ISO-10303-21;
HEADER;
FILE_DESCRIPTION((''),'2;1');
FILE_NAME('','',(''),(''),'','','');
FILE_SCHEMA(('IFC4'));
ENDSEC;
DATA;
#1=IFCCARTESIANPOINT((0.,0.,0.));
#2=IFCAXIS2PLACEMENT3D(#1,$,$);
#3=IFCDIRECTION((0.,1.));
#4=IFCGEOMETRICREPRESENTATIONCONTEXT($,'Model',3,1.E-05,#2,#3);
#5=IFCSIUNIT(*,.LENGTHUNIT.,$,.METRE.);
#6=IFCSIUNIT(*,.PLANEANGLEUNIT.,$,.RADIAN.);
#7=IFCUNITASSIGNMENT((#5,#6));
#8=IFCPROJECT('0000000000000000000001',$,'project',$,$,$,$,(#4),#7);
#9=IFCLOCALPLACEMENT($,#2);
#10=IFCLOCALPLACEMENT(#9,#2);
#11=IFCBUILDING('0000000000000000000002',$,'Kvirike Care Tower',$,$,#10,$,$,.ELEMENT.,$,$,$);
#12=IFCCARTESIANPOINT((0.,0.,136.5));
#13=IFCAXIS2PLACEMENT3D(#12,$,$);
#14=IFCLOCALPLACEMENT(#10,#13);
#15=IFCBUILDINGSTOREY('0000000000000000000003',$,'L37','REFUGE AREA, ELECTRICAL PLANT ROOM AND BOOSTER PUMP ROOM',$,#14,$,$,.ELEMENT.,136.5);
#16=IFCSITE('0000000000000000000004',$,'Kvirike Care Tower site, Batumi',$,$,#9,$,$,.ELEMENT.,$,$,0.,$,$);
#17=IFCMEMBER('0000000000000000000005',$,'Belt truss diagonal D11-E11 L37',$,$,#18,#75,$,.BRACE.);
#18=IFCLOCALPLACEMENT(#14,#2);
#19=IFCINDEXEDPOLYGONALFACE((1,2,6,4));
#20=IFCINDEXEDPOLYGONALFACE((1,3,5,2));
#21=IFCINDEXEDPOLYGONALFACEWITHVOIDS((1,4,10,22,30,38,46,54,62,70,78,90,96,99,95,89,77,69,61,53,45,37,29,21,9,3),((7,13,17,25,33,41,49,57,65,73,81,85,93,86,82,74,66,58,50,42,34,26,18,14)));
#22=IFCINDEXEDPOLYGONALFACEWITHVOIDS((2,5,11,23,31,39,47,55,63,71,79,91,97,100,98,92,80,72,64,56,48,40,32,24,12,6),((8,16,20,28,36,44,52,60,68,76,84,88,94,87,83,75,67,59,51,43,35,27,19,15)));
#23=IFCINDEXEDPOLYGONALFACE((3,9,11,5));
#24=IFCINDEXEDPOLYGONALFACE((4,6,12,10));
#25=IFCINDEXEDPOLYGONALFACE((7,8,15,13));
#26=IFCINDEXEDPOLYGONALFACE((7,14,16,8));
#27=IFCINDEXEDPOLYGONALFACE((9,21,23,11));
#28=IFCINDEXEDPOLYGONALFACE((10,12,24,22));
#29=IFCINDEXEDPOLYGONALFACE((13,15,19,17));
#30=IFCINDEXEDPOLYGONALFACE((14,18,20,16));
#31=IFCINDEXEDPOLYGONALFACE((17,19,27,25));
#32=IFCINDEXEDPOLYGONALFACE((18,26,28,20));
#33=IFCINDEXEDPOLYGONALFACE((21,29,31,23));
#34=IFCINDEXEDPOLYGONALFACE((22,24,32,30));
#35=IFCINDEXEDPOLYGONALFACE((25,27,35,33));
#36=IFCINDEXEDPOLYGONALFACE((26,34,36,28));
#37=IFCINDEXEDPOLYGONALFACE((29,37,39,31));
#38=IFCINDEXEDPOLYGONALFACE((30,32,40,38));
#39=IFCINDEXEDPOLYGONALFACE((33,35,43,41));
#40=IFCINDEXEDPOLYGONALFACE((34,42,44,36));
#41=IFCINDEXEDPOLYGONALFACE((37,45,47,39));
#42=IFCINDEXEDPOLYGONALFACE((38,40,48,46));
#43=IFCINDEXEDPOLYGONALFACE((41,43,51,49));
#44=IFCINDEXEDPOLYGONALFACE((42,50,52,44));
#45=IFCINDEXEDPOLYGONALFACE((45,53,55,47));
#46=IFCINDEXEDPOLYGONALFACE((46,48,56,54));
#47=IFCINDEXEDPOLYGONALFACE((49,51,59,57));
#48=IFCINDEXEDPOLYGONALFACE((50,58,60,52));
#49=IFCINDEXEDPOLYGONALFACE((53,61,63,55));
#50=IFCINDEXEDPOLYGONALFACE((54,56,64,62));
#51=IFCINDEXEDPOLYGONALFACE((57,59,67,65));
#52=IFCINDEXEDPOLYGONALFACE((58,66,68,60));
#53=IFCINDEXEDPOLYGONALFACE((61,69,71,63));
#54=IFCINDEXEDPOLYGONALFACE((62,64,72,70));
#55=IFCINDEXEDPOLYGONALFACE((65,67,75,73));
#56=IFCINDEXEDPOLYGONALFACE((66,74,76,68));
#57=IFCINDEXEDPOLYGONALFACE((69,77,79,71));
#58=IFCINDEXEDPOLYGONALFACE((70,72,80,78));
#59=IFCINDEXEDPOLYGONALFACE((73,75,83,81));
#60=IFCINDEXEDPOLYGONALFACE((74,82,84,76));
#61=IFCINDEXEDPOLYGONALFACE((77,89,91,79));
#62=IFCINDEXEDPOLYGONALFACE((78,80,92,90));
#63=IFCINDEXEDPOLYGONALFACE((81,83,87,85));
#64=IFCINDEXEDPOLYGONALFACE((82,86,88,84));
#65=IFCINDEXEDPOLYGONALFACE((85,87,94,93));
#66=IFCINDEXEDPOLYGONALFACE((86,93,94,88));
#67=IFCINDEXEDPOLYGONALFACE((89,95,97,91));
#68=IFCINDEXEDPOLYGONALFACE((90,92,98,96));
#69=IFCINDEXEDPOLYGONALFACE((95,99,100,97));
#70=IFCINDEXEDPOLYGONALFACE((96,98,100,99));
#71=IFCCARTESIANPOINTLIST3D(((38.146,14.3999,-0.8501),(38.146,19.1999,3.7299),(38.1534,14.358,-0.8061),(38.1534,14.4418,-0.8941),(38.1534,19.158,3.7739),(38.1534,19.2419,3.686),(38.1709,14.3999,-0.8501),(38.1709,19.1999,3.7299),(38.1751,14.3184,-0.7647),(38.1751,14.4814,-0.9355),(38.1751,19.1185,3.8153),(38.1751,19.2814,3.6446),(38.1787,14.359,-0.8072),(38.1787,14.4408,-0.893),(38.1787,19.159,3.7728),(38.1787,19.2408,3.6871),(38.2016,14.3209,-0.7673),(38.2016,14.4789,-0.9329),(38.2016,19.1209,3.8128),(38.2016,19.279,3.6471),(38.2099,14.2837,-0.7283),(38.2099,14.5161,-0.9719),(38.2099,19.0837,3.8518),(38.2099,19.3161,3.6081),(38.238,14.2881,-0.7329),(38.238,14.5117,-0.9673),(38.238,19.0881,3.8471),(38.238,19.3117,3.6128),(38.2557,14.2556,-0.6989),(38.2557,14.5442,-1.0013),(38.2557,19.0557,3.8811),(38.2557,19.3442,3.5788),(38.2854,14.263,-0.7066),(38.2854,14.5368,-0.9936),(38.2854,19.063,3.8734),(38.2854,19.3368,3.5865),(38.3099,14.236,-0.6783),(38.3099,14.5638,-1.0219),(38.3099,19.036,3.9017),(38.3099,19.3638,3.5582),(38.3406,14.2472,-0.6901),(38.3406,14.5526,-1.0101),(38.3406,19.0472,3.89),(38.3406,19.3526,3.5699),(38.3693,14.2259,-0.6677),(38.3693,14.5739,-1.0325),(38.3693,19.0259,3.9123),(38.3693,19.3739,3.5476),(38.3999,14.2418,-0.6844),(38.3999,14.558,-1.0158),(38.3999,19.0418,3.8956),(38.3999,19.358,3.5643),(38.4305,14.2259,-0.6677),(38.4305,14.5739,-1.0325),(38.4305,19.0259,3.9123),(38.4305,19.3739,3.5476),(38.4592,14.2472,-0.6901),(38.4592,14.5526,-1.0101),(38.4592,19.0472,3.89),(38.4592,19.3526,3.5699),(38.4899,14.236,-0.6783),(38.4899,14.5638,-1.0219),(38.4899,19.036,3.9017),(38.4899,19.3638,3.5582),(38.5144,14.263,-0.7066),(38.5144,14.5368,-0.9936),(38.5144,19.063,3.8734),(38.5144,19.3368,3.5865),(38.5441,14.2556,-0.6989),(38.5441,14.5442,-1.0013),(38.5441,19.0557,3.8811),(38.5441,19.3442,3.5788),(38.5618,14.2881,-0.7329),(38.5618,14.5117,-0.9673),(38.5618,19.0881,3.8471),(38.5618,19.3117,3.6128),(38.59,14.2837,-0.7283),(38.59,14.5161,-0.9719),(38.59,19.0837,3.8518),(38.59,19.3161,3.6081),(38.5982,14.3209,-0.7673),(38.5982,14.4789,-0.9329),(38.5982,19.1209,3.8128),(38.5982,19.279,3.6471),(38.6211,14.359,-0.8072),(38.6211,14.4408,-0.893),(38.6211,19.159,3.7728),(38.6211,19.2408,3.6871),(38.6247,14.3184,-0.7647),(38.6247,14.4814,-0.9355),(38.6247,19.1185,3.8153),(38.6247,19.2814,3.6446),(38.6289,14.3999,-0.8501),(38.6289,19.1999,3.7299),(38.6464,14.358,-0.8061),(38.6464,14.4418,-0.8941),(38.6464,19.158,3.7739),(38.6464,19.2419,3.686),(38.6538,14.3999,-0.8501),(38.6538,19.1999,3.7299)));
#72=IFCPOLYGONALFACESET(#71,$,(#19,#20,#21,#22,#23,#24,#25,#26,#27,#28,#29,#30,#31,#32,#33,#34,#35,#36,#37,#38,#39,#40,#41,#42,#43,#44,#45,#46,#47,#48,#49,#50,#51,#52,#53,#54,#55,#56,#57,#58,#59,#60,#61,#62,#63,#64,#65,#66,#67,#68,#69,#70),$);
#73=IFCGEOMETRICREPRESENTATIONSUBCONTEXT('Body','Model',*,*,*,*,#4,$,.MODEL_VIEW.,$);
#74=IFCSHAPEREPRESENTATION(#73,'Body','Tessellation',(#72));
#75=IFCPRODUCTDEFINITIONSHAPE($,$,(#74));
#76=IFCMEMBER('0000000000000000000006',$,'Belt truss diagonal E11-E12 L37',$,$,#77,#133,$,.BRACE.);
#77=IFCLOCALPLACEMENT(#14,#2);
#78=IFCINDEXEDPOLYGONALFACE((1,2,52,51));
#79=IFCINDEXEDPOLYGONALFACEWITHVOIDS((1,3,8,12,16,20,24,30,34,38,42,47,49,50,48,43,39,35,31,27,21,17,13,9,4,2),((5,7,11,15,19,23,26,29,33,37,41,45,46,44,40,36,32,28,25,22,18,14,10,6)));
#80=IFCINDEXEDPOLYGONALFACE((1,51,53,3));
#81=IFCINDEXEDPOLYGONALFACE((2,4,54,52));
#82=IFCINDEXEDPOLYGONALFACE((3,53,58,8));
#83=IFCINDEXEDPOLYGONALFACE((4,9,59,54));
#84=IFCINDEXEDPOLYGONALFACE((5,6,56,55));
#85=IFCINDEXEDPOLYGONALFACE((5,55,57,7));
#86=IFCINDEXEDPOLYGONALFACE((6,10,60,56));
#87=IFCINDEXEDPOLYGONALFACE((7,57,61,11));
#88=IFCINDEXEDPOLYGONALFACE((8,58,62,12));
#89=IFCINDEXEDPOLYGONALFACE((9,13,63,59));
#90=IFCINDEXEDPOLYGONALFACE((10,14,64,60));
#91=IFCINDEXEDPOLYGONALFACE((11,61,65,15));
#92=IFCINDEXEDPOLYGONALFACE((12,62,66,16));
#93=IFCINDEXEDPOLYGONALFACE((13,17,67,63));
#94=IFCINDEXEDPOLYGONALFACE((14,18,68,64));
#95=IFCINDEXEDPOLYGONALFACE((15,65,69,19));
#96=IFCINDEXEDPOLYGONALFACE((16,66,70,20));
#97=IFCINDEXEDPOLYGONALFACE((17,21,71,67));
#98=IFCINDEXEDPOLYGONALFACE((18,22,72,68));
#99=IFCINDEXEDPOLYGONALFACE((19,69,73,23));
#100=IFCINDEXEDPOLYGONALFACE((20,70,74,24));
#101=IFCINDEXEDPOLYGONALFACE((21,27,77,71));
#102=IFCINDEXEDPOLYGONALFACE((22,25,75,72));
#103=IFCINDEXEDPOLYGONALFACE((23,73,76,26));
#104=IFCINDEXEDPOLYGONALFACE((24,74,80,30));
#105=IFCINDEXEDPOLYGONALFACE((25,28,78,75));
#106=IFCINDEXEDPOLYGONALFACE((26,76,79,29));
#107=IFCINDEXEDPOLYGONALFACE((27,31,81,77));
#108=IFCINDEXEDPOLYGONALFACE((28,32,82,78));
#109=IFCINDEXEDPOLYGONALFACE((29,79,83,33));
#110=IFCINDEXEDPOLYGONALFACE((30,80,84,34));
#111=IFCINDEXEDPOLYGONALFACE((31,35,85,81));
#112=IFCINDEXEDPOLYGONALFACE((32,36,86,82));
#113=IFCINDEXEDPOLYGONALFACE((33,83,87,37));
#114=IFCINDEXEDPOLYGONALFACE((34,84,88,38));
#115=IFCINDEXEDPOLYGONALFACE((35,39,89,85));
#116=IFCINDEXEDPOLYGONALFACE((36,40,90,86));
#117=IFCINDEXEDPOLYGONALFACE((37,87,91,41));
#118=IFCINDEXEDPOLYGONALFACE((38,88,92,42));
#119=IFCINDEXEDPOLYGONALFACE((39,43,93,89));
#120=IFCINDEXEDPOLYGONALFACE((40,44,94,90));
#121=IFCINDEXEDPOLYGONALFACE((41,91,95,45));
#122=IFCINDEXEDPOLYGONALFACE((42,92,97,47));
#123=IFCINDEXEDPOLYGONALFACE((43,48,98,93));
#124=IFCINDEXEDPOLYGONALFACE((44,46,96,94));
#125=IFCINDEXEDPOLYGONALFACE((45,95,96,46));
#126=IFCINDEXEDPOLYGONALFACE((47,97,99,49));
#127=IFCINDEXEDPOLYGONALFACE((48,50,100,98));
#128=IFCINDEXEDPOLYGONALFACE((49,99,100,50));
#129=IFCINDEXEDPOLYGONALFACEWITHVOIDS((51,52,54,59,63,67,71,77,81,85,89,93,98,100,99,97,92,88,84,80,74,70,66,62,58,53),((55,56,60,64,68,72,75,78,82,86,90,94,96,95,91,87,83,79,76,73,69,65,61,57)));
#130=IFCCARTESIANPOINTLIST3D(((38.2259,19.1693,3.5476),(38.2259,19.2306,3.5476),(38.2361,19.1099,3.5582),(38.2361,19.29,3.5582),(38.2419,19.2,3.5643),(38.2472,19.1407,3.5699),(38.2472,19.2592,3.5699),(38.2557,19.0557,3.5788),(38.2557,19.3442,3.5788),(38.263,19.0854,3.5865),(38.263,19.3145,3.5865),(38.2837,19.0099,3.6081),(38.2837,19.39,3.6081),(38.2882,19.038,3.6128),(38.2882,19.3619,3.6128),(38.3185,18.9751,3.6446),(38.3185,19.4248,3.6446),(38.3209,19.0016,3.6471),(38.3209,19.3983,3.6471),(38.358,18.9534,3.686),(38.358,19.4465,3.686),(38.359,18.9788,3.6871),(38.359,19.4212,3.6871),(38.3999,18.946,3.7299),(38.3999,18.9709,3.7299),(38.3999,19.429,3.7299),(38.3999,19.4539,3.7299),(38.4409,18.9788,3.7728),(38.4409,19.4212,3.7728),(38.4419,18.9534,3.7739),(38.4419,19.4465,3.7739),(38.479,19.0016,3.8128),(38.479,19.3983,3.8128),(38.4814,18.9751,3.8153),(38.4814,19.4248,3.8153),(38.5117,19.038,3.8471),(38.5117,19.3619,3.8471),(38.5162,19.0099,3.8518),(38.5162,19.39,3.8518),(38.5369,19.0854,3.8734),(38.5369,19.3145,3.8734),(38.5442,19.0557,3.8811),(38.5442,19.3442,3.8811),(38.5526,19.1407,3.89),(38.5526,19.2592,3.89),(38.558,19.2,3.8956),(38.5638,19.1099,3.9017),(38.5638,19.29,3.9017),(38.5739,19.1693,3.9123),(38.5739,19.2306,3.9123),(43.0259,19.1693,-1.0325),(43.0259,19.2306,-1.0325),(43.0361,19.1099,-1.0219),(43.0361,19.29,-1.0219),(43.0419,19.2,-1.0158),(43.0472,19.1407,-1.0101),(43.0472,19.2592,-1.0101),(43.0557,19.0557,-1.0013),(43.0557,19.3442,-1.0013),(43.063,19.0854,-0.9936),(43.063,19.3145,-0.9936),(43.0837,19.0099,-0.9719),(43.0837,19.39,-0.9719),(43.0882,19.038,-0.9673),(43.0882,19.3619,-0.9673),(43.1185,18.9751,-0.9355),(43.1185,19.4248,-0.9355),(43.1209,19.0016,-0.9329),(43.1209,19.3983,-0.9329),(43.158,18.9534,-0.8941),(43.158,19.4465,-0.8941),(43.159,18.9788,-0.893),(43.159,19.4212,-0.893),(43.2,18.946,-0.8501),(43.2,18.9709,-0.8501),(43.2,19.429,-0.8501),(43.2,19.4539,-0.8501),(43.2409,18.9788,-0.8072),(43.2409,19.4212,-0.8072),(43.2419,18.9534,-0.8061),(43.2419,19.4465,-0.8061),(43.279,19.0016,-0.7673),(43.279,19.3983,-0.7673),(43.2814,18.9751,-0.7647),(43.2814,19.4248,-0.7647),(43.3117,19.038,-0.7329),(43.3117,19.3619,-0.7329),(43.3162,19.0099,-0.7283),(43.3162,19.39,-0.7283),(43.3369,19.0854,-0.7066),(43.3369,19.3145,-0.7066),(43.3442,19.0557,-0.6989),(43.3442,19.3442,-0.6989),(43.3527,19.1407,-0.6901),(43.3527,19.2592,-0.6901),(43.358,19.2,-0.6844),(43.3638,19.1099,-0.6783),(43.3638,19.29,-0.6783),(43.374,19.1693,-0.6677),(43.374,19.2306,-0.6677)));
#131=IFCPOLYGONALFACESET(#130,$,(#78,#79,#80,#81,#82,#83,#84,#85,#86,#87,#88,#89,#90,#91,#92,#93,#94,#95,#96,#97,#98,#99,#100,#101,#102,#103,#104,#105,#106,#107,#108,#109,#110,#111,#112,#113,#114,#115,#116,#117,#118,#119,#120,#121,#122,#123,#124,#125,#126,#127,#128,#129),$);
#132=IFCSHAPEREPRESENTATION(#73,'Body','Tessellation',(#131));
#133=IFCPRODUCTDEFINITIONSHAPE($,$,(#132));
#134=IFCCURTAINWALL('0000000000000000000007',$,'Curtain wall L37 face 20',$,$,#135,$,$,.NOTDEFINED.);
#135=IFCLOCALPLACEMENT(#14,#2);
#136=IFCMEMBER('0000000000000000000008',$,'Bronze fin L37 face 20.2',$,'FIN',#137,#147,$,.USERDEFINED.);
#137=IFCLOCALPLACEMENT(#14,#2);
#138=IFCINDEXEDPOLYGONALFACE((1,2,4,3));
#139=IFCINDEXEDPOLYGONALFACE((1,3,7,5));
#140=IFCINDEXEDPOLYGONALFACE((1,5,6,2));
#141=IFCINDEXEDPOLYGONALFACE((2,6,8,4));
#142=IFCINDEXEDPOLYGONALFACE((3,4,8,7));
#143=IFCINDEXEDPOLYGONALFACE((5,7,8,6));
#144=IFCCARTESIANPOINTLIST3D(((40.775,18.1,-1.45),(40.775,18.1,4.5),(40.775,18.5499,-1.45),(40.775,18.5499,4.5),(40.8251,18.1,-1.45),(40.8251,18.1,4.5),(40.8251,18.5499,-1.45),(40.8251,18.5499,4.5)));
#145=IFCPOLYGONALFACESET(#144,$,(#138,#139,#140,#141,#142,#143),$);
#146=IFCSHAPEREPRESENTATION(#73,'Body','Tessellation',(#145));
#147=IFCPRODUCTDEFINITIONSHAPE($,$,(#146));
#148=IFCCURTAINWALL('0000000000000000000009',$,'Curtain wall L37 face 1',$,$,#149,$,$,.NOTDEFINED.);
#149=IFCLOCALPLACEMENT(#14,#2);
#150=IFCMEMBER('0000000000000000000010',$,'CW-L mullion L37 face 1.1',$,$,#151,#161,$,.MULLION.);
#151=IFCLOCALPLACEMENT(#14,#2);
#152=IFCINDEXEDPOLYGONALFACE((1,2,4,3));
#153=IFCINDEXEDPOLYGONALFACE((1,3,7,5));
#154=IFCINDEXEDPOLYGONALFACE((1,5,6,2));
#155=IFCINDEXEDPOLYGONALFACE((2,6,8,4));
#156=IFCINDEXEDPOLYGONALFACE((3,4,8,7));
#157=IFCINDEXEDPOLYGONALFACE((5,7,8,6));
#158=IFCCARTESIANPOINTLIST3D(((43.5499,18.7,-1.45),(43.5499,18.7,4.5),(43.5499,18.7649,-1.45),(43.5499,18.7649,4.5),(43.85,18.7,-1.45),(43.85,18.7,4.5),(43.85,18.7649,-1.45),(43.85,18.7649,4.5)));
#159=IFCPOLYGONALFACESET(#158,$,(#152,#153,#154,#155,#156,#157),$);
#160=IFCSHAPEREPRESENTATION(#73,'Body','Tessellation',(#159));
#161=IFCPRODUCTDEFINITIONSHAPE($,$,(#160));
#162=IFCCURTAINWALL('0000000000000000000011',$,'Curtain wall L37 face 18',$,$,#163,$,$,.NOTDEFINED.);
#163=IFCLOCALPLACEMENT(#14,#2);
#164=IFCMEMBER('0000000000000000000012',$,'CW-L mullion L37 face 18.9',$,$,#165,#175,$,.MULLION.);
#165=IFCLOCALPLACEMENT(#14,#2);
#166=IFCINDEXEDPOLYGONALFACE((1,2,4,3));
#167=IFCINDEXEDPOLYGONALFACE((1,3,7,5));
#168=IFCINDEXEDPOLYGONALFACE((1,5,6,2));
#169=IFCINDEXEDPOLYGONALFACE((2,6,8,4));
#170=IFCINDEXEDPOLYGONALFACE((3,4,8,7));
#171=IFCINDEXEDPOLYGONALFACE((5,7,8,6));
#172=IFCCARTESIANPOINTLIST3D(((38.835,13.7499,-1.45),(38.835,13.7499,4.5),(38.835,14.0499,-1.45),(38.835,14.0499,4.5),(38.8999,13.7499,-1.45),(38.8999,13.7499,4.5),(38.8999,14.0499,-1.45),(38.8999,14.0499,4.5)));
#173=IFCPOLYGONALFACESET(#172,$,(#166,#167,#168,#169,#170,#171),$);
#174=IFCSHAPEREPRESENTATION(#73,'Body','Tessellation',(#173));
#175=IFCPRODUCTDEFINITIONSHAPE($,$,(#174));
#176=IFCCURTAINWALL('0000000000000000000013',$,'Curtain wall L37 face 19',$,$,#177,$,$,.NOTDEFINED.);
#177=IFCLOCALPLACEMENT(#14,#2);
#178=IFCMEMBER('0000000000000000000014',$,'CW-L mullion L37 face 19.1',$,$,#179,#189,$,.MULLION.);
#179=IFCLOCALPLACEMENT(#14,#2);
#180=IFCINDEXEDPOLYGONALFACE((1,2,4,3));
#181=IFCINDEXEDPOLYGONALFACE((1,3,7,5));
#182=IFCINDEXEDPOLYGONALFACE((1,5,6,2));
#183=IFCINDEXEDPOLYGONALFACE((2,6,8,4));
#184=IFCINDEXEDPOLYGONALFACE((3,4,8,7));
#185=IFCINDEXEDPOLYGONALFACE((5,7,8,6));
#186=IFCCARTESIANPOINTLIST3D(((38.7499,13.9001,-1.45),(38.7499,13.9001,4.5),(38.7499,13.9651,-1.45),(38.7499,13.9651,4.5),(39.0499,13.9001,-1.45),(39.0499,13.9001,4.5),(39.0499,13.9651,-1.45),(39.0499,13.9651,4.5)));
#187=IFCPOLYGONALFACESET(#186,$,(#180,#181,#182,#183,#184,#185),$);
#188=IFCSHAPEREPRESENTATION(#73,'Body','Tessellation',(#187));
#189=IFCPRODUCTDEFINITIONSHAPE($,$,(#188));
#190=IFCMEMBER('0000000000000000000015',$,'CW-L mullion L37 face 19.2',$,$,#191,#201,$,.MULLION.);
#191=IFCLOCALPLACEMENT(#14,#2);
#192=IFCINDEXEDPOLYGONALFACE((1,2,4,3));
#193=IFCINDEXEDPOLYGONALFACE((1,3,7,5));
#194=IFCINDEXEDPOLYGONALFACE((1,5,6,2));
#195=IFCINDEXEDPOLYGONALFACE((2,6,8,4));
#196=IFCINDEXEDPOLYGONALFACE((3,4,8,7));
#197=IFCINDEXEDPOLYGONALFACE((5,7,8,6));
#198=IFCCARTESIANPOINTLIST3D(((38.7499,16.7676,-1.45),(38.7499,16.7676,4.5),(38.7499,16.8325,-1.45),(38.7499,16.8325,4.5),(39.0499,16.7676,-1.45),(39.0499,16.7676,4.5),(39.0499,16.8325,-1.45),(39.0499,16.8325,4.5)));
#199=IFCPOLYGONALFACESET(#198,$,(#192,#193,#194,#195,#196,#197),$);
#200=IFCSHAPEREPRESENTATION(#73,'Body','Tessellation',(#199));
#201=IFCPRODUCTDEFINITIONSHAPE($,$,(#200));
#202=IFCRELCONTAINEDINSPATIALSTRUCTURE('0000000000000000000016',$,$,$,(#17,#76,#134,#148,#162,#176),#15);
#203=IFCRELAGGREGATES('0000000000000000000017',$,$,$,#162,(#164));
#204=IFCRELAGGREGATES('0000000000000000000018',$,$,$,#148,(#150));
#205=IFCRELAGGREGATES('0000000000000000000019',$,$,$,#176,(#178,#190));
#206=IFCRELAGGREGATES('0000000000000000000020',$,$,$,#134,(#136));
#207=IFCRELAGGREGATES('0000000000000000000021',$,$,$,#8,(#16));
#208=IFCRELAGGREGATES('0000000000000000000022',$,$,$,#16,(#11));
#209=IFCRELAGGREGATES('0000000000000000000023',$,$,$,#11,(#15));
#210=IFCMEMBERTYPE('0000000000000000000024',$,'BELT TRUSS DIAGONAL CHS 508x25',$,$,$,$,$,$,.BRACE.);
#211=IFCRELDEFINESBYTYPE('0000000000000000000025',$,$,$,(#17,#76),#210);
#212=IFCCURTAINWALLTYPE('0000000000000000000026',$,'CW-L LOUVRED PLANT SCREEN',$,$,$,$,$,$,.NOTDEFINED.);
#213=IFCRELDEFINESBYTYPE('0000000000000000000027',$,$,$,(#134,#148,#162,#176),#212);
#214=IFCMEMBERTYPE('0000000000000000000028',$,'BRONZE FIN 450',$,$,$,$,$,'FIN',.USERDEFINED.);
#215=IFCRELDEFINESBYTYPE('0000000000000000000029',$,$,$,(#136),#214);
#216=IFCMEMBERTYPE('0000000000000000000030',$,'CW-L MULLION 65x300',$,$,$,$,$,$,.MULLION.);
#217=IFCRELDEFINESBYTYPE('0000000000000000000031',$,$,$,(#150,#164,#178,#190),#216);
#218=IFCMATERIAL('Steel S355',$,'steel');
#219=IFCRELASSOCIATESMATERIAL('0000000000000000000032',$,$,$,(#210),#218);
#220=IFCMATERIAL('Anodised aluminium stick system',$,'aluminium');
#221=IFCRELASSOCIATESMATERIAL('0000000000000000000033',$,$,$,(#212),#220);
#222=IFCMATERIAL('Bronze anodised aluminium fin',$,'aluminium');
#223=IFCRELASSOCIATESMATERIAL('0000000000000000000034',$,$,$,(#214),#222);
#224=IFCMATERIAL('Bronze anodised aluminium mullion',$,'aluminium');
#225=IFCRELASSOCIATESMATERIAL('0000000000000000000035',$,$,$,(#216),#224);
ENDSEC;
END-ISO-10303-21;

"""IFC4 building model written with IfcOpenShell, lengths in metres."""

from ifc_helpers import new_model, si_unit, direction, frame, origin, origin_2d, place, context, subcontext, project, spatial, rectangle, hollow_circle, extrude, material, material_profile, profile_set, type_object, element, aggregate, save


model = new_model("IFC4")

# Units and contexts
model_context = context("Model", 3, precision=1e-05, world=origin(), true_north=direction((0.0, 1.0)))
body_context = subcontext(model_context, "Body", "Model", "MODEL_VIEW")
ifc_project = project(units=[si_unit("LENGTHUNIT", "METRE"), si_unit("PLANEANGLEUNIT", "RADIAN")], contexts=[model_context])

# Site, building, storey
site_placement = place(None, origin())
site = spatial("IfcSite", under=ifc_project, at=site_placement, Name="Kvirike Care Tower site, Batumi", CompositionType="ELEMENT", RefElevation=0.0)
building_placement = place(site_placement, origin())
building = spatial("IfcBuilding", under=site, at=building_placement, Name="Kvirike Care Tower", CompositionType="ELEMENT")
storey_placement = place(building_placement, frame((0.0, 0.0, 136.5)))
storey = spatial("IfcBuildingStorey", under=building, at=storey_placement, Name="L37", Description="REFUGE AREA, ELECTRICAL PLANT ROOM AND BOOSTER PUMP ROOM", CompositionType="ELEMENT", Elevation=136.5)

# Members
ifc_material_1 = material(Name="Steel S355", Category="steel")
ifc_material_profile_1 = material_profile(ifc_material_1, hollow_circle(Radius=0.2539, WallThickness=0.0249, at=origin_2d()), Name="CHS 508x25")
ifc_profile_set_1 = profile_set([ifc_material_profile_1], Name="Steel S355")
member_type_1 = type_object("IfcMemberType", Name="BELT TRUSS DIAGONAL CHS 508x25", PredefinedType="BRACE", material=ifc_profile_set_1)
for number, where, z_axis, x_axis, name in (
    (1, (38.3999, 14.3999, -0.8501), (0.0, 0.72349, 0.690335), (-1.0, 0.0, 0.0), "Belt truss diagonal D11-E11 L37"),
    (2, (43.2, 19.2, -0.8501), (-0.72349, 0.0, 0.690335), (0.0, -1.0, 0.0), "Belt truss diagonal E11-E12 L37"),
):
    element("IfcMember", number, at=place(storey_placement, frame(where, z_axis=z_axis, x_axis=x_axis)), inside=storey, type_object=member_type_1, Name=name, PredefinedType="BRACE", context=body_context, shape_type="SweptSolid", body=[
        extrude(hollow_circle(Radius=0.2539, WallThickness=0.0249, at=origin_2d()), origin(), (0.0, 0.0, 1.0), 6.6345),
    ])

# Curtain walls, members
ifc_material_2 = material(Name="Anodised aluminium stick system", Category="aluminium")
curtain_wall_type = type_object("IfcCurtainWallType", Name="CW-L LOUVRED PLANT SCREEN", PredefinedType="NOTDEFINED", material=ifc_material_2)
curtain_wall_1_placement = place(storey_placement, origin())
curtain_wall_1 = element("IfcCurtainWall", 3, at=curtain_wall_1_placement, inside=storey, type_object=curtain_wall_type, Name="Curtain wall L37 face 20", PredefinedType="NOTDEFINED")
ifc_material_3 = material(Name="Bronze anodised aluminium fin", Category="aluminium")
ifc_material_profile_2 = material_profile(ifc_material_3, rectangle(XDim=0.05, YDim=0.45, at=origin_2d()), Name="BRONZE FIN 450")
ifc_profile_set_2 = profile_set([ifc_material_profile_2], Name="Bronze anodised aluminium fin")
member_type_2 = type_object("IfcMemberType", Name="BRONZE FIN 450", ElementType="FIN", PredefinedType="USERDEFINED", material=ifc_profile_set_2)
member_1_placement = place(storey_placement, frame((40.8, 18.325, -1.45), z_axis=(0.0, 0.0, 1.0), x_axis=(1.0, 0.0, 0.0)))
member_1 = element("IfcMember", 4, at=member_1_placement, type_object=member_type_2, Name="Bronze fin L37 face 20.2", ObjectType="FIN", PredefinedType="USERDEFINED", context=body_context, shape_type="SweptSolid", body=[
    extrude(rectangle(XDim=0.05, YDim=0.45, at=origin_2d()), origin(), (0.0, 0.0, 1.0), 5.95),
])
curtain_wall_2_placement = place(storey_placement, origin())
curtain_wall_2 = element("IfcCurtainWall", 5, at=curtain_wall_2_placement, inside=storey, type_object=curtain_wall_type, Name="Curtain wall L37 face 1", PredefinedType="NOTDEFINED")
ifc_material_4 = material(Name="Bronze anodised aluminium mullion", Category="aluminium")
ifc_material_profile_3 = material_profile(ifc_material_4, rectangle(XDim=0.0649, YDim=0.3, at=origin_2d()), Name="CW-L MULLION 65x300")
ifc_profile_set_3 = profile_set([ifc_material_profile_3], Name="Bronze anodised aluminium mullion")
member_type_3 = type_object("IfcMemberType", Name="CW-L MULLION 65x300", PredefinedType="MULLION", material=ifc_profile_set_3)
member_2_placement = place(storey_placement, frame((43.7, 18.7324, -1.45), z_axis=(0.0, 0.0, 1.0), x_axis=(0.0, 1.0, 0.0)))
member_2 = element("IfcMember", 6, at=member_2_placement, type_object=member_type_3, Name="CW-L mullion L37 face 1.1", PredefinedType="MULLION", context=body_context, shape_type="SweptSolid", body=[
    extrude(rectangle(XDim=0.0649, YDim=0.3, at=origin_2d()), origin(), (0.0, 0.0, 1.0), 5.95),
])
curtain_wall_3_placement = place(storey_placement, origin())
curtain_wall_3 = element("IfcCurtainWall", 7, at=curtain_wall_3_placement, inside=storey, type_object=curtain_wall_type, Name="Curtain wall L37 face 18", PredefinedType="NOTDEFINED")
member_3_placement = place(storey_placement, frame((38.8674, 13.8999, -1.45), z_axis=(0.0, 0.0, 1.0), x_axis=(1.0, 0.0, 0.0)))
member_3 = element("IfcMember", 8, at=member_3_placement, type_object=member_type_3, Name="CW-L mullion L37 face 18.9", PredefinedType="MULLION", context=body_context, shape_type="SweptSolid", body=[
    extrude(rectangle(XDim=0.0649, YDim=0.3, at=origin_2d()), origin(), (0.0, 0.0, 1.0), 5.95),
])
aggregate(curtain_wall_3, [member_3])

# Curtain wall, members
curtain_wall_4_placement = place(storey_placement, origin())
curtain_wall_4 = element("IfcCurtainWall", 9, at=curtain_wall_4_placement, inside=storey, type_object=curtain_wall_type, Name="Curtain wall L37 face 19", PredefinedType="NOTDEFINED")
member_4_placement = place(storey_placement, frame((38.8999, 13.9326, -1.45), z_axis=(0.0, 0.0, 1.0), x_axis=(0.0, 1.0, 0.0)))
member_4 = element("IfcMember", 10, at=member_4_placement, type_object=member_type_3, Name="CW-L mullion L37 face 19.1", PredefinedType="MULLION", context=body_context, shape_type="SweptSolid", body=[
    extrude(rectangle(XDim=0.0649, YDim=0.3, at=origin_2d()), origin(), (0.0, 0.0, 1.0), 5.95),
])
member_5_placement = place(storey_placement, frame((38.8999, 16.8, -1.45), z_axis=(0.0, 0.0, 1.0), x_axis=(0.0, 1.0, 0.0)))
member_5 = element("IfcMember", 11, at=member_5_placement, type_object=member_type_3, Name="CW-L mullion L37 face 19.2", PredefinedType="MULLION", context=body_context, shape_type="SweptSolid", body=[
    extrude(rectangle(XDim=0.0649, YDim=0.3, at=origin_2d()), origin(), (0.0, 0.0, 1.0), 5.95),
])

aggregate(curtain_wall_2, [member_2])

aggregate(curtain_wall_4, [member_4, member_5])
aggregate(curtain_wall_1, [member_1])

save(model, "model.ifc")
